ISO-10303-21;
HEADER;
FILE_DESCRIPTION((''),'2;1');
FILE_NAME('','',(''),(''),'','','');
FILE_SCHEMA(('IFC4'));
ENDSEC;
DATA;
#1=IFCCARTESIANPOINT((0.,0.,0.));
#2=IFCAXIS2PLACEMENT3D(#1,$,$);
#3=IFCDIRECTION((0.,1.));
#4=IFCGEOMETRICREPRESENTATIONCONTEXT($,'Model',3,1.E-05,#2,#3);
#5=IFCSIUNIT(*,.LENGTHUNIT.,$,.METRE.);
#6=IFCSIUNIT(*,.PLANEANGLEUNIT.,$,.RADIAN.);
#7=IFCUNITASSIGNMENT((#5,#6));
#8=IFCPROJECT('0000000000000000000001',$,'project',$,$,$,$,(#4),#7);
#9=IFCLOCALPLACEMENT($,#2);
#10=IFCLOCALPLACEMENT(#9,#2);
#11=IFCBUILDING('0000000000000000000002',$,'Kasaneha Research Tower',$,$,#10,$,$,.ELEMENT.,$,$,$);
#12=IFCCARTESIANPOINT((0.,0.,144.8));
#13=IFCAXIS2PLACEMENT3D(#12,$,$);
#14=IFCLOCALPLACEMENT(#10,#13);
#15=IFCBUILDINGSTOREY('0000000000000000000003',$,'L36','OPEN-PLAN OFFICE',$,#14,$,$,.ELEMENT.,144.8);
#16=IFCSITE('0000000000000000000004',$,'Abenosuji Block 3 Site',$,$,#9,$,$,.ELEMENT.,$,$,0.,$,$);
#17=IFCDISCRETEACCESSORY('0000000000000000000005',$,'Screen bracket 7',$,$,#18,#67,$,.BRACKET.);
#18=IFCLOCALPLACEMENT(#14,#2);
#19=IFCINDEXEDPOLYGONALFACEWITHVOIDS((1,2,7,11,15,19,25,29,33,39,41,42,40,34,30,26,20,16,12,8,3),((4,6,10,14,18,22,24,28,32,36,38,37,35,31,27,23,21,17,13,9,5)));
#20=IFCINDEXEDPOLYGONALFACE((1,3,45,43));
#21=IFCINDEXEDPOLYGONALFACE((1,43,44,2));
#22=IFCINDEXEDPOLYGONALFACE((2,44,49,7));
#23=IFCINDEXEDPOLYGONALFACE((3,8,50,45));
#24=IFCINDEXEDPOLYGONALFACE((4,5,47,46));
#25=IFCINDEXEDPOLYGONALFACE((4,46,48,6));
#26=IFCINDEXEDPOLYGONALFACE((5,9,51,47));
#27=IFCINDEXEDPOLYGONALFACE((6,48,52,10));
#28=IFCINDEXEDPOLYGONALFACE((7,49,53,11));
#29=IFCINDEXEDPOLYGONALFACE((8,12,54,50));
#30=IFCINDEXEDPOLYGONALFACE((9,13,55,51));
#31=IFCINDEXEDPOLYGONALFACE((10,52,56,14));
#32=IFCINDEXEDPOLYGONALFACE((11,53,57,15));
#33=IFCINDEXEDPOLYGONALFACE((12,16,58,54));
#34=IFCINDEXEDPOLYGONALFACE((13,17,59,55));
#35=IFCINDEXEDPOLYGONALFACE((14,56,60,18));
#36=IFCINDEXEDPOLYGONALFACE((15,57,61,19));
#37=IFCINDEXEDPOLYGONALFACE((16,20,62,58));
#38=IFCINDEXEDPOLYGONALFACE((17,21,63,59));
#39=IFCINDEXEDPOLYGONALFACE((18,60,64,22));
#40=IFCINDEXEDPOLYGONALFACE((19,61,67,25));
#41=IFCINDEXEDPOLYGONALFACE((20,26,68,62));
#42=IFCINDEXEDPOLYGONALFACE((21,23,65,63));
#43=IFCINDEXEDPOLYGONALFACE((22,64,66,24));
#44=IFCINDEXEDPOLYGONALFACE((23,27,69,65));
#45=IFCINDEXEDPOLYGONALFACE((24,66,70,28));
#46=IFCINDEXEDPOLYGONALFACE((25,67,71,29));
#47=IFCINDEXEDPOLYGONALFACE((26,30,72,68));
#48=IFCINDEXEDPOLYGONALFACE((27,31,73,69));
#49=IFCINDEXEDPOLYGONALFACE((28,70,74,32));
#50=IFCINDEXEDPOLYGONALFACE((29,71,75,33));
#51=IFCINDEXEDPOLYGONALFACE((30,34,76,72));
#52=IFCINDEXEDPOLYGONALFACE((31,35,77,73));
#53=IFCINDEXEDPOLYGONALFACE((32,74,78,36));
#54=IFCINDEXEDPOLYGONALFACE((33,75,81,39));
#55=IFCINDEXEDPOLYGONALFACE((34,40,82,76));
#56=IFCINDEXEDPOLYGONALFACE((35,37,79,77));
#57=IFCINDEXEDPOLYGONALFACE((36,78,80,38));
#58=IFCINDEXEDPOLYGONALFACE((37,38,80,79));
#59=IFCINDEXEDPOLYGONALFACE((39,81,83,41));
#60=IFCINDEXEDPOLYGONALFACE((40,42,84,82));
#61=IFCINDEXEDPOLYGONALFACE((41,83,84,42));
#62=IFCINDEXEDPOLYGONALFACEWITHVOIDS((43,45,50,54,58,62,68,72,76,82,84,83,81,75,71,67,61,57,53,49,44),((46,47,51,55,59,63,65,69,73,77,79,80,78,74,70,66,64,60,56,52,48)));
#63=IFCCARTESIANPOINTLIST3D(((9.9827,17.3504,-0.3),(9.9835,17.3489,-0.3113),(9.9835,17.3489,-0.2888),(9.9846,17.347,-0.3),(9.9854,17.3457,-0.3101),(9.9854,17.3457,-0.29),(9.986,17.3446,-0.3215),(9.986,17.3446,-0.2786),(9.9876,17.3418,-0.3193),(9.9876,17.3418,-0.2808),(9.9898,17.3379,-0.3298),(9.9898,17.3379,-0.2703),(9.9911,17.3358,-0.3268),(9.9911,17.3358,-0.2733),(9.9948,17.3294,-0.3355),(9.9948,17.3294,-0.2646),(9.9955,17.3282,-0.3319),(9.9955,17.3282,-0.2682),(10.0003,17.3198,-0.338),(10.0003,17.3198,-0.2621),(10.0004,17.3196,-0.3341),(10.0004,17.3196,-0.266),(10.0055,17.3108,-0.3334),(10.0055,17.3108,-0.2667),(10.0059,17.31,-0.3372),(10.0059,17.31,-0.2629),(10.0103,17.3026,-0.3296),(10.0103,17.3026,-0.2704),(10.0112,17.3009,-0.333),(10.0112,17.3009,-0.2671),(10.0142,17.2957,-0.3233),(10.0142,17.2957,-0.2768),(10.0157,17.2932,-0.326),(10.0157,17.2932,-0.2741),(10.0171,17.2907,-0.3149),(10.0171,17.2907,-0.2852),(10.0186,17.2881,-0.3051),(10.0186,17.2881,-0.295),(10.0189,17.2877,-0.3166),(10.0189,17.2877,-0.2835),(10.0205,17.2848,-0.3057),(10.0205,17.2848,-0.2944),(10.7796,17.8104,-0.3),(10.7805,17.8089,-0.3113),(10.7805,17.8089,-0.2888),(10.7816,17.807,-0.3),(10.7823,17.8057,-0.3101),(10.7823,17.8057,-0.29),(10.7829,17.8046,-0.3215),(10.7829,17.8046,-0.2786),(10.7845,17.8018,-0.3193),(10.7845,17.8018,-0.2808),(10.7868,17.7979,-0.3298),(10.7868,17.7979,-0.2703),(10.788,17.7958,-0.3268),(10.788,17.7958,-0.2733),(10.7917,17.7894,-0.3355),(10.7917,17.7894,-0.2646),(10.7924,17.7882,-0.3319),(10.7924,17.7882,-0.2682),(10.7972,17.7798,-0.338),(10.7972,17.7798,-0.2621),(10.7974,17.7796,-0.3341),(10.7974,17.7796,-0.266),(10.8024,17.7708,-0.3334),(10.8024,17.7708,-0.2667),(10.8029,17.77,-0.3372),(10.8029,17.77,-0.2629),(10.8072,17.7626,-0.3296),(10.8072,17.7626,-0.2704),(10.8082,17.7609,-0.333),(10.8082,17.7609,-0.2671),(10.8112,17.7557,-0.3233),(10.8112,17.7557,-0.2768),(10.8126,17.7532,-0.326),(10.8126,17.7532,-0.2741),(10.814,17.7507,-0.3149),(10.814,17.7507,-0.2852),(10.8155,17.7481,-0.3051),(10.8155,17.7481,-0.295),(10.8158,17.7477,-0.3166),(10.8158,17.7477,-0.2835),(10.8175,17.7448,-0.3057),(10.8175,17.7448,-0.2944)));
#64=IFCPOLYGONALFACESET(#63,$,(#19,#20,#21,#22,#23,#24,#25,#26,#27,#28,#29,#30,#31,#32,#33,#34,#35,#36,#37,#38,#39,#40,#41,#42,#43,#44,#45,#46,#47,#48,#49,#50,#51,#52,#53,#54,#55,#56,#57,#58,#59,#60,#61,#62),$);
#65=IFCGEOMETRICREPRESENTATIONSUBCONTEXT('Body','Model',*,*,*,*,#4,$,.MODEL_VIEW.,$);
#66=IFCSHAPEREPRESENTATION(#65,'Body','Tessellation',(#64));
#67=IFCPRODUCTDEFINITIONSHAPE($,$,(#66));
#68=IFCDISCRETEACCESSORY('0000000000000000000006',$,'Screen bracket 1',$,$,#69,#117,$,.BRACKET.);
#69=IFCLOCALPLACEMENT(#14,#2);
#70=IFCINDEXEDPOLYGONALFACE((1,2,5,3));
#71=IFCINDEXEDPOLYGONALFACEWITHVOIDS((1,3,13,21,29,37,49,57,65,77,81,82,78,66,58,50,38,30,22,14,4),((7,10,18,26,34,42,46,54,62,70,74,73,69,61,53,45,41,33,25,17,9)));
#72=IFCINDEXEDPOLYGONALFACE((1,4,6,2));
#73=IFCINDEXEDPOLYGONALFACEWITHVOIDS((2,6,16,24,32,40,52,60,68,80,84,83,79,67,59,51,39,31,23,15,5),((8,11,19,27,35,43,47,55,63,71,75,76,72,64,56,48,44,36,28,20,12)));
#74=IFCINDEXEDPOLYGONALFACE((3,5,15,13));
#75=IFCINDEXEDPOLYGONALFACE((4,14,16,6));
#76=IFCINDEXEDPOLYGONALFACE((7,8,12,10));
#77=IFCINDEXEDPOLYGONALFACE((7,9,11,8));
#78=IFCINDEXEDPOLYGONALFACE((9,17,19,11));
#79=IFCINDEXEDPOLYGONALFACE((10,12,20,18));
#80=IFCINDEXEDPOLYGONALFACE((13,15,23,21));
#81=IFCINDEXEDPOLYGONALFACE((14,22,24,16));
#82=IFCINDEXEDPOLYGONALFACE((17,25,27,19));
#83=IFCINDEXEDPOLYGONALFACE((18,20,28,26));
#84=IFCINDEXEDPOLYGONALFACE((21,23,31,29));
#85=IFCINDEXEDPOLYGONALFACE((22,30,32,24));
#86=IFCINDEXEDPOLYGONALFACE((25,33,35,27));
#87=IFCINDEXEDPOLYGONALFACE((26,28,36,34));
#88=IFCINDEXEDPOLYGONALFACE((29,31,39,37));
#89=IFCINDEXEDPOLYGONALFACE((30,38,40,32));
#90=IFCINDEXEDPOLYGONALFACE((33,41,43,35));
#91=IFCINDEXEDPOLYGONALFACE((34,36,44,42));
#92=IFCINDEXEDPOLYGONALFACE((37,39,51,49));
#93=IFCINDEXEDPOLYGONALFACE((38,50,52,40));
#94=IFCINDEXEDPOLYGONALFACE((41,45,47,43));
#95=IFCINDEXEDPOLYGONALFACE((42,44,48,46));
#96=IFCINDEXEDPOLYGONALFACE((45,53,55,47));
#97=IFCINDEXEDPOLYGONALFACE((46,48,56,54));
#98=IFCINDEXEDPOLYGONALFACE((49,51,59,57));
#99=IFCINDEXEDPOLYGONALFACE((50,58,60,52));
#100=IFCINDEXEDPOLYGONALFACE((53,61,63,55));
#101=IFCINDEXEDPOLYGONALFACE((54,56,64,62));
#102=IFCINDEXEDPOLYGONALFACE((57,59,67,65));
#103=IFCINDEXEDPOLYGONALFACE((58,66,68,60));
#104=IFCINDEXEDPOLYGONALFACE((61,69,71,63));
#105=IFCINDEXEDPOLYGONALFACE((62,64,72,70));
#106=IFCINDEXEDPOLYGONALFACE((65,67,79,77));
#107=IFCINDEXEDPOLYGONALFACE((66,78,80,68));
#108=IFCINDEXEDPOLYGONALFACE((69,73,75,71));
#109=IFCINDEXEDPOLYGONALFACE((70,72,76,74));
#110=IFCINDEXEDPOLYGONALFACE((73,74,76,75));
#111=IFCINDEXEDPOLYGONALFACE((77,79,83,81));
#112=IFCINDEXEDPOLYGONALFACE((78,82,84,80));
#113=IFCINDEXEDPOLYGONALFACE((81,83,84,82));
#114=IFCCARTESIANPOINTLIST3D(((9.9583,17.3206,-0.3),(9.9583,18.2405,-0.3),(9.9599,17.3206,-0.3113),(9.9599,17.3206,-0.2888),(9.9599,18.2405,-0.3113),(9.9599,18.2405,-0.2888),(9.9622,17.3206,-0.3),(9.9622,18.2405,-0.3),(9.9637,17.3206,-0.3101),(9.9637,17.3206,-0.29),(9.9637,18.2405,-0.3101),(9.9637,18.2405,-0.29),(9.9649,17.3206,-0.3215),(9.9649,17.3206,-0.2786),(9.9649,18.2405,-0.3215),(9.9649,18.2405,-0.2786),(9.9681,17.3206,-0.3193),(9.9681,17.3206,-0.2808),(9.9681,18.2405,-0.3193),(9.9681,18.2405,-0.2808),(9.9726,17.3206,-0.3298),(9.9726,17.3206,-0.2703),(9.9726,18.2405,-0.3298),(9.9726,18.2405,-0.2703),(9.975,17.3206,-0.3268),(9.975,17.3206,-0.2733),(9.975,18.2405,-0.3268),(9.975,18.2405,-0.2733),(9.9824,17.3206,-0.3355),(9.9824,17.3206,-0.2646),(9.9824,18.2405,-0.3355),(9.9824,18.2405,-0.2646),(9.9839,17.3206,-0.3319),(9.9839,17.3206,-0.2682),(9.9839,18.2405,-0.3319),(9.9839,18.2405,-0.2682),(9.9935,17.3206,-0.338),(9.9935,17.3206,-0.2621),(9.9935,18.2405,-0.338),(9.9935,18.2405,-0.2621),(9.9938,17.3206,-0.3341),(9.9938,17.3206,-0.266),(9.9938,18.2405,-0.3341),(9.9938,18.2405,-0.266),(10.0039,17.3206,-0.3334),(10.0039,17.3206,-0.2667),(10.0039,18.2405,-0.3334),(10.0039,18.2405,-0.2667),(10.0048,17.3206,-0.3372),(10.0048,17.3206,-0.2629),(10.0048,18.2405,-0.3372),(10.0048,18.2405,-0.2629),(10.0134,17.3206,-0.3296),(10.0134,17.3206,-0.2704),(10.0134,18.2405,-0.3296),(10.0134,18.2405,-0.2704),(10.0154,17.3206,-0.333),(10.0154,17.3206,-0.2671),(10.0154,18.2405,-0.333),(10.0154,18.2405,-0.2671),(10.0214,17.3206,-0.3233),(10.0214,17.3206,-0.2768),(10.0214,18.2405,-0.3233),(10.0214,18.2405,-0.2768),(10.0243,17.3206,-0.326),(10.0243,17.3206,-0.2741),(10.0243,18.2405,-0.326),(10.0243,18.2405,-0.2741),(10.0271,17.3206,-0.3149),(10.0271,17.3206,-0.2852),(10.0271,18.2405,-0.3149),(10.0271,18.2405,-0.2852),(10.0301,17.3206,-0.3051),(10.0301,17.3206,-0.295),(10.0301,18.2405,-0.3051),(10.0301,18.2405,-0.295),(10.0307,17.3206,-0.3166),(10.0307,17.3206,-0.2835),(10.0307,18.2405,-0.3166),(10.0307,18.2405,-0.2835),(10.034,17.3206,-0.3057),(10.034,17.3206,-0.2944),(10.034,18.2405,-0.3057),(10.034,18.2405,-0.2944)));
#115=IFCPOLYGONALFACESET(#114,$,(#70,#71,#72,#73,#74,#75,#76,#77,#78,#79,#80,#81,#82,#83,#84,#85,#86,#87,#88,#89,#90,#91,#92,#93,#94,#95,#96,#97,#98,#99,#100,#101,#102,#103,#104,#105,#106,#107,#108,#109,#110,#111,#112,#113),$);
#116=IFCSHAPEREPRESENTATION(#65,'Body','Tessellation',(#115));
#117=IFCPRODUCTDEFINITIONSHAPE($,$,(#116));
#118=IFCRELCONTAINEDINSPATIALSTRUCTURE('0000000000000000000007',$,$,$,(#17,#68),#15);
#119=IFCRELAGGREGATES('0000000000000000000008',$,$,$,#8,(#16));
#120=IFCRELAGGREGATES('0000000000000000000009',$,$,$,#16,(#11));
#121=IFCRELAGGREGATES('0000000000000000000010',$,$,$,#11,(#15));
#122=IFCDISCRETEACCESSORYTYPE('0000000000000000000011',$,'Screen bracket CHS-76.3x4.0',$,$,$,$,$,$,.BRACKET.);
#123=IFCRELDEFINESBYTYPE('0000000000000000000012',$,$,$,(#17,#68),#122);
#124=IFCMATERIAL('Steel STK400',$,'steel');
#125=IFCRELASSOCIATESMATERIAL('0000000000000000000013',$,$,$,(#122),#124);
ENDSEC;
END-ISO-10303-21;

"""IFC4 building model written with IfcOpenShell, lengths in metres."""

from ifc_helpers import new_model, si_unit, direction, frame, origin, origin_2d, place, context, subcontext, project, spatial, hollow_circle, extrude, material, material_profile, profile_set, type_object, element, save


model = new_model("IFC4")

# Units and contexts
model_context = context("Model", 3, precision=1e-05, world=origin(), true_north=direction((0.0, 1.0)))
body_context = subcontext(model_context, "Body", "Model", "MODEL_VIEW")
ifc_project = project(units=[si_unit("LENGTHUNIT", "METRE"), si_unit("PLANEANGLEUNIT", "RADIAN")], contexts=[model_context])

# Site, building, storey
site_placement = place(None, origin())
site = spatial("IfcSite", under=ifc_project, at=site_placement, Name="Abenosuji Block 3 Site", CompositionType="ELEMENT", RefElevation=0.0)
building_placement = place(site_placement, origin())
building = spatial("IfcBuilding", under=site, at=building_placement, Name="Kasaneha Research Tower", CompositionType="ELEMENT")
storey_placement = place(building_placement, frame((0.0, 0.0, 144.8)))
storey = spatial("IfcBuildingStorey", under=building, at=storey_placement, Name="L36", Description="OPEN-PLAN OFFICE", CompositionType="ELEMENT", Elevation=144.8)

# Discrete accessories
ifc_material_1 = material(Name="Steel STK400", Category="steel")
ifc_material_profile_1 = material_profile(ifc_material_1, hollow_circle(Radius=0.0381, WallThickness=0.0039, at=origin_2d()), Name="CHS-76.3x4.0")
ifc_profile_set_1 = profile_set([ifc_material_profile_1], Name="Steel STK400")
discrete_accessory_type = type_object("IfcDiscreteAccessoryType", Name="Screen bracket CHS-76.3x4.0", PredefinedType="BRACKET", material=ifc_profile_set_1)
for number, where, z_axis, x_axis, name in (
    (1, (10.0017, 17.3174, -0.3), (0.86608, 0.499906, 0.0), (-0.499906, 0.86608, 0.0), "Screen bracket 7"),
):
    element("IfcDiscreteAccessory", number, at=place(storey_placement, frame(where, z_axis=z_axis, x_axis=x_axis)), inside=storey, type_object=discrete_accessory_type, Name=name, PredefinedType="BRACKET", context=body_context, shape_type="SweptSolid", body=[
        extrude(hollow_circle(Radius=0.0381, WallThickness=0.0039, at=origin_2d()), origin(), (0.0, 0.0, 1.0), 0.9202),
    ])
discrete_accessory_placement = place(storey_placement, frame((9.9963, 17.3206, -0.3), z_axis=(0.0, 1.0, 0.0), x_axis=(-1.0, 0.0, 0.0)))
element("IfcDiscreteAccessory", 2, at=discrete_accessory_placement, inside=storey, type_object=discrete_accessory_type, Name="Screen bracket 1", PredefinedType="BRACKET", context=body_context, shape_type="SweptSolid", body=[
    extrude(hollow_circle(Radius=0.0381, WallThickness=0.0039, at=origin_2d()), origin(), (0.0, 0.0, 1.0), 0.9199),
])

save(model, "model.ifc")
